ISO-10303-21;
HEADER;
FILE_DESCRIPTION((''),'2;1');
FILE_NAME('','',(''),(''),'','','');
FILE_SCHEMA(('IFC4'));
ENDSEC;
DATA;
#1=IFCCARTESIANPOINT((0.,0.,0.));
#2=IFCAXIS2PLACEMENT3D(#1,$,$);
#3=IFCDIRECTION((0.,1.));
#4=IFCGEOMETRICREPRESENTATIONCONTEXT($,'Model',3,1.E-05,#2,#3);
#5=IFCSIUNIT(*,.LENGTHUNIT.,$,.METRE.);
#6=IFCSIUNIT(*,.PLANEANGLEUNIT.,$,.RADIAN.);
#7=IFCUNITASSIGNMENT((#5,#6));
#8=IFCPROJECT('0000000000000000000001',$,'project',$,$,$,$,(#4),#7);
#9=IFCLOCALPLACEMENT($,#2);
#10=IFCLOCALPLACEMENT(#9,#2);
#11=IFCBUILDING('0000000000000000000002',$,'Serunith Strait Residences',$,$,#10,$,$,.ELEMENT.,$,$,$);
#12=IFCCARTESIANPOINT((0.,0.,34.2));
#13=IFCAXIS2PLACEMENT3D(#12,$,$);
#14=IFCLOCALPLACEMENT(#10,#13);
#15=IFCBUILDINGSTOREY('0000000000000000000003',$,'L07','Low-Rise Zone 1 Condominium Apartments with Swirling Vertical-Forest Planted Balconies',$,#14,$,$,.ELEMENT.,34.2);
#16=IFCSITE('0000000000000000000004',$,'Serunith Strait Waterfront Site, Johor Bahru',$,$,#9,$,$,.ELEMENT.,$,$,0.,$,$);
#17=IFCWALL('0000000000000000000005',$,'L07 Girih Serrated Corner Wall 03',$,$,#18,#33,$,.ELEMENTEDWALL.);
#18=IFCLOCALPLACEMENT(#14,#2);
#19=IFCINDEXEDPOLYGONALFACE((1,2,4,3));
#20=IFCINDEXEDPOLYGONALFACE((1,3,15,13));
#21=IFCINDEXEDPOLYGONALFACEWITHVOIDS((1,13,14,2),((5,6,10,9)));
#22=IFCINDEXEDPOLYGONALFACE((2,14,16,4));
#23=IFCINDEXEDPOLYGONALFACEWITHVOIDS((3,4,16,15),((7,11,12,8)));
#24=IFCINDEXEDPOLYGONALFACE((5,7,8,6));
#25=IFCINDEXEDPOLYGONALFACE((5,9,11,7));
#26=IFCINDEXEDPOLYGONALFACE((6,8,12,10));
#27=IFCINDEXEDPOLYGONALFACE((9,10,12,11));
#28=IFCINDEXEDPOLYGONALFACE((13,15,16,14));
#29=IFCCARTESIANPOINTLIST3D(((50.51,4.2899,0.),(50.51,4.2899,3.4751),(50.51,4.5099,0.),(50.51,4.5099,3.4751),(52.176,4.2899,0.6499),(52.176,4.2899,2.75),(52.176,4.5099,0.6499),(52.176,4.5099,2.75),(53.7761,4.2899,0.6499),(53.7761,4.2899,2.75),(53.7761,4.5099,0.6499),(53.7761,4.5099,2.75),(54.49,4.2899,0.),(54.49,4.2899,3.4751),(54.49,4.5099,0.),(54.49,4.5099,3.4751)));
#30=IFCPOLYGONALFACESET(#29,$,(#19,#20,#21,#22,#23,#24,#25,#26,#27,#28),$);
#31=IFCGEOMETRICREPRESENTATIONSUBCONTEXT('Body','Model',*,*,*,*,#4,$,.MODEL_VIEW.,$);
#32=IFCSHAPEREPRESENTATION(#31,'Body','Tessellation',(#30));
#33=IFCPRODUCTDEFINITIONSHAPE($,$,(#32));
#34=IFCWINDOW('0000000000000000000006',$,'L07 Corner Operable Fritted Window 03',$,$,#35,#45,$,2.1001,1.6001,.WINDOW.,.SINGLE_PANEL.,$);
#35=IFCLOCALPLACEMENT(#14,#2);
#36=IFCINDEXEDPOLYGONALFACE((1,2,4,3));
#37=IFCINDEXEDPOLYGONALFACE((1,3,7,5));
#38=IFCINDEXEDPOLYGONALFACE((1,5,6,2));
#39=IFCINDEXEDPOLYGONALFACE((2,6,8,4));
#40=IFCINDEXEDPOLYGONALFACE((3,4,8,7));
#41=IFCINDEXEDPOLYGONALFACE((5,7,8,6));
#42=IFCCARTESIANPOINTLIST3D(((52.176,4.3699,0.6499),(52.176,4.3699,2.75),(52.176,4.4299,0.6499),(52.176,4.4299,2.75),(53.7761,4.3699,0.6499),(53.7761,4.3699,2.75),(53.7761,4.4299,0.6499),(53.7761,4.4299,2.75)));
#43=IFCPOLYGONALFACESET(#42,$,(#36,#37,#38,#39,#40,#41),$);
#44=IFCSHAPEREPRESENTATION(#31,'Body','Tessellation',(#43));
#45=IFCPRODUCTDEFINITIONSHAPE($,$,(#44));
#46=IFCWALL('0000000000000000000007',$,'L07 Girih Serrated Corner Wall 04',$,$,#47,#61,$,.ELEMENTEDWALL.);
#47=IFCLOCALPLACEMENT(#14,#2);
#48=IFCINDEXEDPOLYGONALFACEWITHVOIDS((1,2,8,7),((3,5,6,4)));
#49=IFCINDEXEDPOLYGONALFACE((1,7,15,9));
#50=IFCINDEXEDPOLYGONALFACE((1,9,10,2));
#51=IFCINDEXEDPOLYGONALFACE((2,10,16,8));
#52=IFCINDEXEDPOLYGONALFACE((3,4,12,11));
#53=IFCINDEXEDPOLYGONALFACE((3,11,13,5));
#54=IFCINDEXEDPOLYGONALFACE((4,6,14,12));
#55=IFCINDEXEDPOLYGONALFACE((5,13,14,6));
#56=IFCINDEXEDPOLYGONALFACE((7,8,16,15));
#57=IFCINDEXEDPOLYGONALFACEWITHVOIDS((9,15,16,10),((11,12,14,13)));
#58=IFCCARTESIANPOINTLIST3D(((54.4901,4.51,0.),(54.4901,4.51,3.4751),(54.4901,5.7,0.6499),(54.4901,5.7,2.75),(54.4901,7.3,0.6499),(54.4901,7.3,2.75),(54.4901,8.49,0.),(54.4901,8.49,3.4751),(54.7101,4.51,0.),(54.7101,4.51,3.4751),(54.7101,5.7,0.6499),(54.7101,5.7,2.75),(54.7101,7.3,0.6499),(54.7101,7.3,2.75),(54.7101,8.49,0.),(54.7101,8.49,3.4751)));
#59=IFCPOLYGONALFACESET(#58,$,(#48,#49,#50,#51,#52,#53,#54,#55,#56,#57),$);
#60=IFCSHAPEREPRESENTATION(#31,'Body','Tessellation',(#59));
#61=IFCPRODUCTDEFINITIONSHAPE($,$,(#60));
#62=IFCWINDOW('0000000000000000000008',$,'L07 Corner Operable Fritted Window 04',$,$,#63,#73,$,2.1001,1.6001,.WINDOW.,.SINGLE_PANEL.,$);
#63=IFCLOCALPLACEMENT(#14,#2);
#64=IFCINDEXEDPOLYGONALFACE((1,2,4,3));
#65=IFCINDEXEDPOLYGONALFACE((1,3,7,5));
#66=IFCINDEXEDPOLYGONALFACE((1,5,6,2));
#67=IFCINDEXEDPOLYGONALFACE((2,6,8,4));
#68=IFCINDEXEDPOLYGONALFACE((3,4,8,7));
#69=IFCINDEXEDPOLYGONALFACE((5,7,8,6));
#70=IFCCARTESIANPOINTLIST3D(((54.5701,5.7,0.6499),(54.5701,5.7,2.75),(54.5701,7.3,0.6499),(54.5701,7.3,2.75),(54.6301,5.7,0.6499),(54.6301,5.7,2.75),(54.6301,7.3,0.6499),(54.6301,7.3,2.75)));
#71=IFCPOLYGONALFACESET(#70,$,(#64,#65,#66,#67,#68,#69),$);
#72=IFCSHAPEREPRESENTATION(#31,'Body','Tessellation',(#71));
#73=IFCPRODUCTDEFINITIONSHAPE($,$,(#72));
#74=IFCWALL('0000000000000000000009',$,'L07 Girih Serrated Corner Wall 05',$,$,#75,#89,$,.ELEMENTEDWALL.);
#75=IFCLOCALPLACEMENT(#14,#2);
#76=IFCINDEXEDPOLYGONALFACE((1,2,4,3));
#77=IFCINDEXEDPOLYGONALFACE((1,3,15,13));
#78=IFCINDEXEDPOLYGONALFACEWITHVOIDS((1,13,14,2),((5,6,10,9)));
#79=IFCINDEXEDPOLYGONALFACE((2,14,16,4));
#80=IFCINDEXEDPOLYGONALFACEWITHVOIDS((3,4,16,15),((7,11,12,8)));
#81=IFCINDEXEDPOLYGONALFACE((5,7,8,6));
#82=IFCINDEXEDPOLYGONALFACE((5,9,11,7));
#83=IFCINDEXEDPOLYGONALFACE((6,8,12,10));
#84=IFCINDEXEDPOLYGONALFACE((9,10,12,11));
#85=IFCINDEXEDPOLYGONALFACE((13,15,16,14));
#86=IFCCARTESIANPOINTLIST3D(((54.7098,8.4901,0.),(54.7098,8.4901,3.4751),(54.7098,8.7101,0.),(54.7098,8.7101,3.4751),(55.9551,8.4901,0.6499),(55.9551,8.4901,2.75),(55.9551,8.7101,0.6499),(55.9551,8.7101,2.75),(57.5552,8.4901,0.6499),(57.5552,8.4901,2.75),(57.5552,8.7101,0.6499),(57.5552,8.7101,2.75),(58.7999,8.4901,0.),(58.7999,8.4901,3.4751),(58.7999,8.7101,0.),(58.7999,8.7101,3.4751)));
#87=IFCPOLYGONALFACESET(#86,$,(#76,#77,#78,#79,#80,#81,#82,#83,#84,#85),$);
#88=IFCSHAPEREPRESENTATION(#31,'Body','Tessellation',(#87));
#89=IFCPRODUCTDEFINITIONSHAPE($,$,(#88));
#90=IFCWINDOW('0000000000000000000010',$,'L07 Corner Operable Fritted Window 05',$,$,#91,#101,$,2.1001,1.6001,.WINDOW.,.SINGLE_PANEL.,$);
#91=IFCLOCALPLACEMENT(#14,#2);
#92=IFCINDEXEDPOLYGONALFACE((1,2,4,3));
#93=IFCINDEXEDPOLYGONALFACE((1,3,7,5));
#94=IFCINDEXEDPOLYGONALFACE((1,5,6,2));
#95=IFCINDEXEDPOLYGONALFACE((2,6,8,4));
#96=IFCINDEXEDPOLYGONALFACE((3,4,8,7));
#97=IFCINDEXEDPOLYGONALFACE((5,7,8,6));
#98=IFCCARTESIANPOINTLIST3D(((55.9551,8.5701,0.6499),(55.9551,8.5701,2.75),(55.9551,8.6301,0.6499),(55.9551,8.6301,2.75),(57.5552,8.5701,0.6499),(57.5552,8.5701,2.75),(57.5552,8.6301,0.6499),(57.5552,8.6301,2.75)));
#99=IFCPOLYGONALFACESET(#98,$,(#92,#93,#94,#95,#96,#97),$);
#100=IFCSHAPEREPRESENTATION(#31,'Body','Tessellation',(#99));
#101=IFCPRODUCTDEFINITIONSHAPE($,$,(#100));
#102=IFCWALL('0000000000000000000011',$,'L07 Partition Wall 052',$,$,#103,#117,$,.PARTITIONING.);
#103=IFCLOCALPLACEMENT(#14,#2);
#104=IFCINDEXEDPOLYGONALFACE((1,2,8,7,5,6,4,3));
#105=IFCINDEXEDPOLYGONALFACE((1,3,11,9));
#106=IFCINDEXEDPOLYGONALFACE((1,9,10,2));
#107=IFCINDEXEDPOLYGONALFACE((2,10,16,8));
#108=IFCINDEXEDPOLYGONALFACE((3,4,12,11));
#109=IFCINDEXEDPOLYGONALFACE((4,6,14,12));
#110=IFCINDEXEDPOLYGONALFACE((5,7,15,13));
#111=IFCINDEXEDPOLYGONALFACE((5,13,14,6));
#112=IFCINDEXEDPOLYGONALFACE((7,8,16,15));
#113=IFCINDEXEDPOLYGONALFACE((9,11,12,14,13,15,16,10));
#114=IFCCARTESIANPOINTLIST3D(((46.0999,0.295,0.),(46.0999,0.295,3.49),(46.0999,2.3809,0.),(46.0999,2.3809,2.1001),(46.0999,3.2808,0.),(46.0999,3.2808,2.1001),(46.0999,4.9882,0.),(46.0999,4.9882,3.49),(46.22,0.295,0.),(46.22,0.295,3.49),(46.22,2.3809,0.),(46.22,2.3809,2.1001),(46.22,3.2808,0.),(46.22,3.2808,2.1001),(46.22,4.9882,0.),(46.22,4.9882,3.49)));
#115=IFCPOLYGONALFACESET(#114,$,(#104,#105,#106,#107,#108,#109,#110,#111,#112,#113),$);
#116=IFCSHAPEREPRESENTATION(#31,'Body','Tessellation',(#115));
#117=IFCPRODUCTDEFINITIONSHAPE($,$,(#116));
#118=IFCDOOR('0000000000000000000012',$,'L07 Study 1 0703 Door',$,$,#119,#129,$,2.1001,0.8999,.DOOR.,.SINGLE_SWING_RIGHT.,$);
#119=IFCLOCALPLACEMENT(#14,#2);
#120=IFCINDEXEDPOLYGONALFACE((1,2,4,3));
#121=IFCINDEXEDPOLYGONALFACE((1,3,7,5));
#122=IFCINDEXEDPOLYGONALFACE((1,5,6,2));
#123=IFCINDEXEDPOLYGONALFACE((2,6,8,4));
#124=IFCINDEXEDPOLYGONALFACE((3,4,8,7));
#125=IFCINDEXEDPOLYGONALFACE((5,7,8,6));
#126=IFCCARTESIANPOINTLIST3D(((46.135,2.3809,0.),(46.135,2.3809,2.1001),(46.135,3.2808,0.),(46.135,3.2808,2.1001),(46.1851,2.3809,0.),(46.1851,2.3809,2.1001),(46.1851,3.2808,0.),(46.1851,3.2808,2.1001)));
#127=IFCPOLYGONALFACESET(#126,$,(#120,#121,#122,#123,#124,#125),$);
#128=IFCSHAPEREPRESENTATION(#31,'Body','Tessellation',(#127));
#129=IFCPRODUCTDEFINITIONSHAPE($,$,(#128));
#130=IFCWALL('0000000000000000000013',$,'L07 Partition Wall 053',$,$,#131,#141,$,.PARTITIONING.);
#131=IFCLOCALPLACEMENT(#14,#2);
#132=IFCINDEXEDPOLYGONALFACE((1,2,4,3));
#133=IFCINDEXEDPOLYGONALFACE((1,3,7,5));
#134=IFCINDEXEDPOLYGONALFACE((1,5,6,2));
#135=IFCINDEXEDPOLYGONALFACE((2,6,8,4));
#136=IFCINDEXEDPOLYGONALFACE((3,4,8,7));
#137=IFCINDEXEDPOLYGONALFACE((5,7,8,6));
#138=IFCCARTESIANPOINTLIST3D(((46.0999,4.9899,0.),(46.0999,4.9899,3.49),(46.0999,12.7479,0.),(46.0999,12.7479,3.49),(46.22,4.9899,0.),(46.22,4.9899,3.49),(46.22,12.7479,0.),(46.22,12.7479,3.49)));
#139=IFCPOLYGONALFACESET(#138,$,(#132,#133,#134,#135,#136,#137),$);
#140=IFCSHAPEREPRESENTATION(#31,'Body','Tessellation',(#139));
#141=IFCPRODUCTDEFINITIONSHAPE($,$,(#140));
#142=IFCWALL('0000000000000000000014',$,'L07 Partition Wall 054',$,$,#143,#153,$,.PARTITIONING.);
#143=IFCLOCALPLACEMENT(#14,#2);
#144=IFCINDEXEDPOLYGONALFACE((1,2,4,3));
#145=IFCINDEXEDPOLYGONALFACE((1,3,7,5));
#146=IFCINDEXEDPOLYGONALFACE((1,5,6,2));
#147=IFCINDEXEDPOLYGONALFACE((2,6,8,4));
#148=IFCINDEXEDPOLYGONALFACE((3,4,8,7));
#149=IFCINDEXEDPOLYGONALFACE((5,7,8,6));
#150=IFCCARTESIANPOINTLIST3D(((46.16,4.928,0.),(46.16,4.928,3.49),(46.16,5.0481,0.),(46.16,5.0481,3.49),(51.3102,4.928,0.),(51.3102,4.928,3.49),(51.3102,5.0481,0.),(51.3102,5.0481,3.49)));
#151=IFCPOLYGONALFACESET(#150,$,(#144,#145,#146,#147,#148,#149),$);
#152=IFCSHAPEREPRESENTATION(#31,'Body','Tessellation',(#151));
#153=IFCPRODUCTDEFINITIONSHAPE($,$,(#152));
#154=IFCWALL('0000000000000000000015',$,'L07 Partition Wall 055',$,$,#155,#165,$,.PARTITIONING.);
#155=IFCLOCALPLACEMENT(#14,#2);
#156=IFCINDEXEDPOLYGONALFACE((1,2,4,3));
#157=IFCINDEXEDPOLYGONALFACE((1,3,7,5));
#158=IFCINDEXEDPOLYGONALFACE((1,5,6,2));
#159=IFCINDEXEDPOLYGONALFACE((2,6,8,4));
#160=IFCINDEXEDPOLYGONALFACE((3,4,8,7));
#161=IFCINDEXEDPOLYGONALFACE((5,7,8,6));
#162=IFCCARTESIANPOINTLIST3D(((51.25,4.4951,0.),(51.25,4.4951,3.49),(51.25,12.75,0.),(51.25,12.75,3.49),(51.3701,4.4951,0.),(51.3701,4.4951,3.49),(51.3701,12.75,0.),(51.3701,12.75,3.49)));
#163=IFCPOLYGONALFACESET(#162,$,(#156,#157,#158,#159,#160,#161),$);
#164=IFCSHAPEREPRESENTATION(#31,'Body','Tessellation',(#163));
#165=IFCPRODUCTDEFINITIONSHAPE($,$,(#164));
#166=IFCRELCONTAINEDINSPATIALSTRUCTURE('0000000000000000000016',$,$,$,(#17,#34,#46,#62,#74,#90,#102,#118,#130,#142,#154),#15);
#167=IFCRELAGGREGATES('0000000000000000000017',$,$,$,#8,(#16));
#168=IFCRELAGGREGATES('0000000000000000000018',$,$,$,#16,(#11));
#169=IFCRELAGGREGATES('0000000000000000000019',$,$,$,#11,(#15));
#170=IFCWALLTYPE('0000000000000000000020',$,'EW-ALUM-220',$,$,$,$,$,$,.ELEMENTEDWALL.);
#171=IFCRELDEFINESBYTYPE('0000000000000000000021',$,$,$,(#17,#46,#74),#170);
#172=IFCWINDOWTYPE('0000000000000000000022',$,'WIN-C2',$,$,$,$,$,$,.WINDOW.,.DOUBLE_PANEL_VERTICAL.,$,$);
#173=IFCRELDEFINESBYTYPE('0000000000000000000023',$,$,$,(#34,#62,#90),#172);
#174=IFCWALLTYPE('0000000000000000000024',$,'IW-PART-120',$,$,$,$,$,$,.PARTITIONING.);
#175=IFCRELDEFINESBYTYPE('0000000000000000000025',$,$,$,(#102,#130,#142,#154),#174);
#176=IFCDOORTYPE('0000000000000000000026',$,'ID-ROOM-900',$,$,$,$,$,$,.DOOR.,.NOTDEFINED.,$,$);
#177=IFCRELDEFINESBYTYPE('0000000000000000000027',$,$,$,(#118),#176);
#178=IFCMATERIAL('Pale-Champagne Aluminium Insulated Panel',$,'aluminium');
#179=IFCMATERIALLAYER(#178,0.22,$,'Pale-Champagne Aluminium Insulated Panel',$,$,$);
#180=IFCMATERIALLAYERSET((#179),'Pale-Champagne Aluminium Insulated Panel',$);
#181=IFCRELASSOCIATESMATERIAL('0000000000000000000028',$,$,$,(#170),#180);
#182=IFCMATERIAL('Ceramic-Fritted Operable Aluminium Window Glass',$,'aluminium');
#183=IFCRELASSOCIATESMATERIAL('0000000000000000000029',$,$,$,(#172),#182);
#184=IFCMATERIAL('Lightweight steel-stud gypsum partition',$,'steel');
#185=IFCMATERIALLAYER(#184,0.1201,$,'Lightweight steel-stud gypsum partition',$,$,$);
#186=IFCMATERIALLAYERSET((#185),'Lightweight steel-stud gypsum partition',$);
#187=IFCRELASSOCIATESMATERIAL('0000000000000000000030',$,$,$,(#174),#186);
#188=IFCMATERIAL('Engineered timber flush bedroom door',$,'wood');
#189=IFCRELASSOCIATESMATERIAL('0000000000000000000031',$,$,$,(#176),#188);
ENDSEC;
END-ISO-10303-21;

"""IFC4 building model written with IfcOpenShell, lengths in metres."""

from ifc_helpers import new_model, si_unit, direction, frame, frame_2d, origin, place, context, subcontext, project, spatial, rectangle, extrude, source, transform, mapped, material, layer, layer_set, type_object, element, fill, save


model = new_model("IFC4")

# Units and contexts
model_context = context("Model", 3, precision=1e-05, world=origin(), true_north=direction((0.0, 1.0)))
body_context = subcontext(model_context, "Body", "Model", "MODEL_VIEW")
ifc_project = project(units=[si_unit("LENGTHUNIT", "METRE"), si_unit("PLANEANGLEUNIT", "RADIAN")], contexts=[model_context])

# Site, building, storey
site_placement = place(None, origin())
site = spatial("IfcSite", under=ifc_project, at=site_placement, Name="Serunith Strait Waterfront Site, Johor Bahru", CompositionType="ELEMENT", RefElevation=0.0)
building_placement = place(site_placement, origin())
building = spatial("IfcBuilding", under=site, at=building_placement, Name="Serunith Strait Residences", CompositionType="ELEMENT")
storey_placement = place(building_placement, frame((0.0, 0.0, 34.2)))
storey = spatial("IfcBuildingStorey", under=building, at=storey_placement, Name="L07", Description="Low-Rise Zone 1 Condominium Apartments with Swirling Vertical-Forest Planted Balconies", CompositionType="ELEMENT", Elevation=34.2)

# Walls, openings, windows
ifc_material_1 = material(Name="Pale-Champagne Aluminium Insulated Panel", Category="aluminium")
ifc_layer_1 = layer(ifc_material_1, 0.22, Name="Pale-Champagne Aluminium Insulated Panel")
ifc_layer_set_1 = layer_set([ifc_layer_1], Name="Pale-Champagne Aluminium Insulated Panel")
wall_type_1 = type_object("IfcWallType", Name="EW-ALUM-220", PredefinedType="ELEMENTEDWALL", material=ifc_layer_set_1)
ifc_material_2 = material(Name="Ceramic-Fritted Operable Aluminium Window Glass", Category="aluminium")
window_type = type_object("IfcWindowType", Name="WIN-C2", PartitioningType="DOUBLE_PANEL_VERTICAL", PredefinedType="WINDOW", material=ifc_material_2)
shared_shape_1 = source(origin(), body_context, "Body", "SweptSolid", [
    extrude(rectangle(XDim=1.6001, YDim=2.1001, at=frame_2d((0.8, 1.05))), frame((0.0, 0.03, 0.0), z_axis=(0.0, -1.0, 0.0), x_axis=(1.0, 0.0, 0.0)), (0.0, 0.0, 1.0), 0.0601),
])
wall_1_placement = place(storey_placement, frame((50.51, 4.3999, 0.0), z_axis=(0.0, 0.0, 1.0), x_axis=(1.0, 0.0, 0.0)))
wall_1 = element("IfcWall", 1, at=wall_1_placement, inside=storey, type_object=wall_type_1, Name="L07 Girih Serrated Corner Wall 03", PredefinedType="ELEMENTEDWALL", context=body_context, shape_type="SweptSolid", body=[
    extrude(rectangle(XDim=3.98, YDim=0.22, at=frame_2d((1.99, 0.0))), origin(), (0.0, 0.0, 1.0), 3.4751),
])
opening_1_placement = place(wall_1_placement, frame((1.666, 0.0, 0.6499)))
opening_1 = element("IfcOpeningElement", 2, at=opening_1_placement, cuts=wall_1, PredefinedType="OPENING", context=body_context, shape_type="SweptSolid", body=[
    extrude(rectangle(XDim=1.6001, YDim=2.1001, at=frame_2d((0.8, 1.05))), frame((0.0, 0.1201, 0.0), z_axis=(0.0, -1.0, 0.0), x_axis=(1.0, 0.0, 0.0)), (0.0, 0.0, 1.0), 0.24),
])
window_1_placement = place(opening_1_placement, origin())
window_1 = element("IfcWindow", 3, at=window_1_placement, inside=storey, type_object=window_type, Name="L07 Corner Operable Fritted Window 03", OverallHeight=2.1001, OverallWidth=1.6001, PartitioningType="SINGLE_PANEL", PredefinedType="WINDOW", context=body_context, shape_type="MappedRepresentation", body=[
    mapped(shared_shape_1, transform((0.0, 0.0, 0.0), scale=1.0)),
])
fill(opening_1, window_1)
wall_2_placement = place(storey_placement, frame((54.6001, 4.51, 0.0), z_axis=(0.0, 0.0, 1.0), x_axis=(0.0, 1.0, 0.0)))
wall_2 = element("IfcWall", 4, at=wall_2_placement, inside=storey, type_object=wall_type_1, Name="L07 Girih Serrated Corner Wall 04", PredefinedType="ELEMENTEDWALL", context=body_context, shape_type="SweptSolid", body=[
    extrude(rectangle(XDim=3.98, YDim=0.22, at=frame_2d((1.99, 0.0))), origin(), (0.0, 0.0, 1.0), 3.4751),
])
opening_2_placement = place(wall_2_placement, frame((1.1899, 0.0, 0.6499)))
opening_2 = element("IfcOpeningElement", 5, at=opening_2_placement, cuts=wall_2, PredefinedType="OPENING", context=body_context, shape_type="SweptSolid", body=[
    extrude(rectangle(XDim=1.6001, YDim=2.1001, at=frame_2d((0.8, 1.05))), frame((0.0, 0.1201, 0.0), z_axis=(0.0, -1.0, 0.0), x_axis=(1.0, 0.0, 0.0)), (0.0, 0.0, 1.0), 0.24),
])
window_2_placement = place(opening_2_placement, origin())
window_2 = element("IfcWindow", 6, at=window_2_placement, inside=storey, type_object=window_type, Name="L07 Corner Operable Fritted Window 04", OverallHeight=2.1001, OverallWidth=1.6001, PartitioningType="SINGLE_PANEL", PredefinedType="WINDOW", context=body_context, shape_type="MappedRepresentation", body=[
    mapped(shared_shape_1, transform((0.0, 0.0, 0.0), scale=1.0)),
])
fill(opening_2, window_2)
wall_3_placement = place(storey_placement, frame((54.71, 8.6001, 0.0), z_axis=(0.0, 0.0, 1.0), x_axis=(1.0, 0.0, 0.0)))
wall_3 = element("IfcWall", 7, at=wall_3_placement, inside=storey, type_object=wall_type_1, Name="L07 Girih Serrated Corner Wall 05", PredefinedType="ELEMENTEDWALL", context=body_context, shape_type="SweptSolid", body=[
    extrude(rectangle(XDim=4.0901, YDim=0.22, at=frame_2d((2.0449, 0.0))), origin(), (0.0, 0.0, 1.0), 3.4751),
])
opening_3_placement = place(wall_3_placement, frame((1.2451, 0.0, 0.6499)))
opening_3 = element("IfcOpeningElement", 8, at=opening_3_placement, cuts=wall_3, PredefinedType="OPENING", context=body_context, shape_type="SweptSolid", body=[
    extrude(rectangle(XDim=1.6001, YDim=2.1001, at=frame_2d((0.8, 1.05))), frame((0.0, 0.1201, 0.0), z_axis=(0.0, -1.0, 0.0), x_axis=(1.0, 0.0, 0.0)), (0.0, 0.0, 1.0), 0.24),
])
window_3_placement = place(opening_3_placement, origin())
window_3 = element("IfcWindow", 9, at=window_3_placement, inside=storey, type_object=window_type, Name="L07 Corner Operable Fritted Window 05", OverallHeight=2.1001, OverallWidth=1.6001, PartitioningType="SINGLE_PANEL", PredefinedType="WINDOW", context=body_context, shape_type="MappedRepresentation", body=[
    mapped(shared_shape_1, transform((0.0, 0.0, 0.0), scale=1.0)),
])
fill(opening_3, window_3)

# Wall, opening, door
ifc_material_3 = material(Name="Lightweight steel-stud gypsum partition", Category="steel")
ifc_layer_2 = layer(ifc_material_3, 0.1201, Name="Lightweight steel-stud gypsum partition")
ifc_layer_set_2 = layer_set([ifc_layer_2], Name="Lightweight steel-stud gypsum partition")
wall_type_2 = type_object("IfcWallType", Name="IW-PART-120", PredefinedType="PARTITIONING", material=ifc_layer_set_2)
wall_4_placement = place(storey_placement, frame((46.1599, 0.2949, 0.0), z_axis=(0.0, 0.0, 1.0), x_axis=(0.0, 1.0, 0.0)))
wall_4 = element("IfcWall", 10, at=wall_4_placement, inside=storey, type_object=wall_type_2, Name="L07 Partition Wall 052", PredefinedType="PARTITIONING", context=body_context, shape_type="SweptSolid", body=[
    extrude(rectangle(XDim=4.6931, YDim=0.1201, at=frame_2d((2.3467, 0.0))), origin(), (0.0, 0.0, 1.0), 3.49),
])
opening_4_placement = place(wall_4_placement, frame((2.0859, 0.0, 0.0)))
opening_4 = element("IfcOpeningElement", 11, at=opening_4_placement, cuts=wall_4, PredefinedType="OPENING", context=body_context, shape_type="SweptSolid", body=[
    extrude(rectangle(XDim=0.8999, YDim=2.1001, at=frame_2d((0.45, 1.05))), frame((0.0, 0.0701, 0.0), z_axis=(0.0, -1.0, 0.0), x_axis=(1.0, 0.0, 0.0)), (0.0, 0.0, 1.0), 0.1401),
])
ifc_material_4 = material(Name="Engineered timber flush bedroom door", Category="wood")
door_type = type_object("IfcDoorType", Name="ID-ROOM-900", OperationType="NOTDEFINED", PredefinedType="DOOR", material=ifc_material_4)
shared_shape_2 = source(origin(), body_context, "Body", "SweptSolid", [
    extrude(rectangle(XDim=0.8999, YDim=2.1001, at=frame_2d((0.45, 1.05))), frame((0.0, 0.0249, 0.0), z_axis=(0.0, -1.0, 0.0), x_axis=(1.0, 0.0, 0.0)), (0.0, 0.0, 1.0), 0.05),
])
door_placement = place(opening_4_placement, origin())
door = element("IfcDoor", 12, at=door_placement, inside=storey, type_object=door_type, Name="L07 Study 1 0703 Door", OperationType="SINGLE_SWING_RIGHT", OverallHeight=2.1001, OverallWidth=0.8999, PredefinedType="DOOR", context=body_context, shape_type="MappedRepresentation", body=[
    mapped(shared_shape_2, transform((0.0, 0.0, 0.0), scale=1.0)),
])
fill(opening_4, door)

# Walls
wall_5_placement = place(storey_placement, frame((46.1599, 4.99, 0.0), z_axis=(0.0, 0.0, 1.0), x_axis=(0.0, 1.0, 0.0)))
element("IfcWall", 13, at=wall_5_placement, inside=storey, type_object=wall_type_2, Name="L07 Partition Wall 053", PredefinedType="PARTITIONING", context=body_context, shape_type="SweptSolid", body=[
    extrude(rectangle(XDim=7.7581, YDim=0.1201, at=frame_2d((3.8789, 0.0))), origin(), (0.0, 0.0, 1.0), 3.49),
])
wall_6_placement = place(storey_placement, frame((46.1599, 4.988, 0.0), z_axis=(0.0, 0.0, 1.0), x_axis=(1.0, 0.0, 0.0)))
element("IfcWall", 14, at=wall_6_placement, inside=storey, type_object=wall_type_2, Name="L07 Partition Wall 054", PredefinedType="PARTITIONING", context=body_context, shape_type="SweptSolid", body=[
    extrude(rectangle(XDim=5.1501, YDim=0.1201, at=frame_2d((2.5752, 0.0))), origin(), (0.0, 0.0, 1.0), 3.49),
])
wall_7_placement = place(storey_placement, frame((51.3101, 4.4951, 0.0), z_axis=(0.0, 0.0, 1.0), x_axis=(0.0, 1.0, 0.0)))
element("IfcWall", 15, at=wall_7_placement, inside=storey, type_object=wall_type_2, Name="L07 Partition Wall 055", PredefinedType="PARTITIONING", context=body_context, shape_type="SweptSolid", body=[
    extrude(rectangle(XDim=8.2549, YDim=0.1201, at=frame_2d((4.1274, 0.0))), origin(), (0.0, 0.0, 1.0), 3.49),
])

save(model, "model.ifc")
